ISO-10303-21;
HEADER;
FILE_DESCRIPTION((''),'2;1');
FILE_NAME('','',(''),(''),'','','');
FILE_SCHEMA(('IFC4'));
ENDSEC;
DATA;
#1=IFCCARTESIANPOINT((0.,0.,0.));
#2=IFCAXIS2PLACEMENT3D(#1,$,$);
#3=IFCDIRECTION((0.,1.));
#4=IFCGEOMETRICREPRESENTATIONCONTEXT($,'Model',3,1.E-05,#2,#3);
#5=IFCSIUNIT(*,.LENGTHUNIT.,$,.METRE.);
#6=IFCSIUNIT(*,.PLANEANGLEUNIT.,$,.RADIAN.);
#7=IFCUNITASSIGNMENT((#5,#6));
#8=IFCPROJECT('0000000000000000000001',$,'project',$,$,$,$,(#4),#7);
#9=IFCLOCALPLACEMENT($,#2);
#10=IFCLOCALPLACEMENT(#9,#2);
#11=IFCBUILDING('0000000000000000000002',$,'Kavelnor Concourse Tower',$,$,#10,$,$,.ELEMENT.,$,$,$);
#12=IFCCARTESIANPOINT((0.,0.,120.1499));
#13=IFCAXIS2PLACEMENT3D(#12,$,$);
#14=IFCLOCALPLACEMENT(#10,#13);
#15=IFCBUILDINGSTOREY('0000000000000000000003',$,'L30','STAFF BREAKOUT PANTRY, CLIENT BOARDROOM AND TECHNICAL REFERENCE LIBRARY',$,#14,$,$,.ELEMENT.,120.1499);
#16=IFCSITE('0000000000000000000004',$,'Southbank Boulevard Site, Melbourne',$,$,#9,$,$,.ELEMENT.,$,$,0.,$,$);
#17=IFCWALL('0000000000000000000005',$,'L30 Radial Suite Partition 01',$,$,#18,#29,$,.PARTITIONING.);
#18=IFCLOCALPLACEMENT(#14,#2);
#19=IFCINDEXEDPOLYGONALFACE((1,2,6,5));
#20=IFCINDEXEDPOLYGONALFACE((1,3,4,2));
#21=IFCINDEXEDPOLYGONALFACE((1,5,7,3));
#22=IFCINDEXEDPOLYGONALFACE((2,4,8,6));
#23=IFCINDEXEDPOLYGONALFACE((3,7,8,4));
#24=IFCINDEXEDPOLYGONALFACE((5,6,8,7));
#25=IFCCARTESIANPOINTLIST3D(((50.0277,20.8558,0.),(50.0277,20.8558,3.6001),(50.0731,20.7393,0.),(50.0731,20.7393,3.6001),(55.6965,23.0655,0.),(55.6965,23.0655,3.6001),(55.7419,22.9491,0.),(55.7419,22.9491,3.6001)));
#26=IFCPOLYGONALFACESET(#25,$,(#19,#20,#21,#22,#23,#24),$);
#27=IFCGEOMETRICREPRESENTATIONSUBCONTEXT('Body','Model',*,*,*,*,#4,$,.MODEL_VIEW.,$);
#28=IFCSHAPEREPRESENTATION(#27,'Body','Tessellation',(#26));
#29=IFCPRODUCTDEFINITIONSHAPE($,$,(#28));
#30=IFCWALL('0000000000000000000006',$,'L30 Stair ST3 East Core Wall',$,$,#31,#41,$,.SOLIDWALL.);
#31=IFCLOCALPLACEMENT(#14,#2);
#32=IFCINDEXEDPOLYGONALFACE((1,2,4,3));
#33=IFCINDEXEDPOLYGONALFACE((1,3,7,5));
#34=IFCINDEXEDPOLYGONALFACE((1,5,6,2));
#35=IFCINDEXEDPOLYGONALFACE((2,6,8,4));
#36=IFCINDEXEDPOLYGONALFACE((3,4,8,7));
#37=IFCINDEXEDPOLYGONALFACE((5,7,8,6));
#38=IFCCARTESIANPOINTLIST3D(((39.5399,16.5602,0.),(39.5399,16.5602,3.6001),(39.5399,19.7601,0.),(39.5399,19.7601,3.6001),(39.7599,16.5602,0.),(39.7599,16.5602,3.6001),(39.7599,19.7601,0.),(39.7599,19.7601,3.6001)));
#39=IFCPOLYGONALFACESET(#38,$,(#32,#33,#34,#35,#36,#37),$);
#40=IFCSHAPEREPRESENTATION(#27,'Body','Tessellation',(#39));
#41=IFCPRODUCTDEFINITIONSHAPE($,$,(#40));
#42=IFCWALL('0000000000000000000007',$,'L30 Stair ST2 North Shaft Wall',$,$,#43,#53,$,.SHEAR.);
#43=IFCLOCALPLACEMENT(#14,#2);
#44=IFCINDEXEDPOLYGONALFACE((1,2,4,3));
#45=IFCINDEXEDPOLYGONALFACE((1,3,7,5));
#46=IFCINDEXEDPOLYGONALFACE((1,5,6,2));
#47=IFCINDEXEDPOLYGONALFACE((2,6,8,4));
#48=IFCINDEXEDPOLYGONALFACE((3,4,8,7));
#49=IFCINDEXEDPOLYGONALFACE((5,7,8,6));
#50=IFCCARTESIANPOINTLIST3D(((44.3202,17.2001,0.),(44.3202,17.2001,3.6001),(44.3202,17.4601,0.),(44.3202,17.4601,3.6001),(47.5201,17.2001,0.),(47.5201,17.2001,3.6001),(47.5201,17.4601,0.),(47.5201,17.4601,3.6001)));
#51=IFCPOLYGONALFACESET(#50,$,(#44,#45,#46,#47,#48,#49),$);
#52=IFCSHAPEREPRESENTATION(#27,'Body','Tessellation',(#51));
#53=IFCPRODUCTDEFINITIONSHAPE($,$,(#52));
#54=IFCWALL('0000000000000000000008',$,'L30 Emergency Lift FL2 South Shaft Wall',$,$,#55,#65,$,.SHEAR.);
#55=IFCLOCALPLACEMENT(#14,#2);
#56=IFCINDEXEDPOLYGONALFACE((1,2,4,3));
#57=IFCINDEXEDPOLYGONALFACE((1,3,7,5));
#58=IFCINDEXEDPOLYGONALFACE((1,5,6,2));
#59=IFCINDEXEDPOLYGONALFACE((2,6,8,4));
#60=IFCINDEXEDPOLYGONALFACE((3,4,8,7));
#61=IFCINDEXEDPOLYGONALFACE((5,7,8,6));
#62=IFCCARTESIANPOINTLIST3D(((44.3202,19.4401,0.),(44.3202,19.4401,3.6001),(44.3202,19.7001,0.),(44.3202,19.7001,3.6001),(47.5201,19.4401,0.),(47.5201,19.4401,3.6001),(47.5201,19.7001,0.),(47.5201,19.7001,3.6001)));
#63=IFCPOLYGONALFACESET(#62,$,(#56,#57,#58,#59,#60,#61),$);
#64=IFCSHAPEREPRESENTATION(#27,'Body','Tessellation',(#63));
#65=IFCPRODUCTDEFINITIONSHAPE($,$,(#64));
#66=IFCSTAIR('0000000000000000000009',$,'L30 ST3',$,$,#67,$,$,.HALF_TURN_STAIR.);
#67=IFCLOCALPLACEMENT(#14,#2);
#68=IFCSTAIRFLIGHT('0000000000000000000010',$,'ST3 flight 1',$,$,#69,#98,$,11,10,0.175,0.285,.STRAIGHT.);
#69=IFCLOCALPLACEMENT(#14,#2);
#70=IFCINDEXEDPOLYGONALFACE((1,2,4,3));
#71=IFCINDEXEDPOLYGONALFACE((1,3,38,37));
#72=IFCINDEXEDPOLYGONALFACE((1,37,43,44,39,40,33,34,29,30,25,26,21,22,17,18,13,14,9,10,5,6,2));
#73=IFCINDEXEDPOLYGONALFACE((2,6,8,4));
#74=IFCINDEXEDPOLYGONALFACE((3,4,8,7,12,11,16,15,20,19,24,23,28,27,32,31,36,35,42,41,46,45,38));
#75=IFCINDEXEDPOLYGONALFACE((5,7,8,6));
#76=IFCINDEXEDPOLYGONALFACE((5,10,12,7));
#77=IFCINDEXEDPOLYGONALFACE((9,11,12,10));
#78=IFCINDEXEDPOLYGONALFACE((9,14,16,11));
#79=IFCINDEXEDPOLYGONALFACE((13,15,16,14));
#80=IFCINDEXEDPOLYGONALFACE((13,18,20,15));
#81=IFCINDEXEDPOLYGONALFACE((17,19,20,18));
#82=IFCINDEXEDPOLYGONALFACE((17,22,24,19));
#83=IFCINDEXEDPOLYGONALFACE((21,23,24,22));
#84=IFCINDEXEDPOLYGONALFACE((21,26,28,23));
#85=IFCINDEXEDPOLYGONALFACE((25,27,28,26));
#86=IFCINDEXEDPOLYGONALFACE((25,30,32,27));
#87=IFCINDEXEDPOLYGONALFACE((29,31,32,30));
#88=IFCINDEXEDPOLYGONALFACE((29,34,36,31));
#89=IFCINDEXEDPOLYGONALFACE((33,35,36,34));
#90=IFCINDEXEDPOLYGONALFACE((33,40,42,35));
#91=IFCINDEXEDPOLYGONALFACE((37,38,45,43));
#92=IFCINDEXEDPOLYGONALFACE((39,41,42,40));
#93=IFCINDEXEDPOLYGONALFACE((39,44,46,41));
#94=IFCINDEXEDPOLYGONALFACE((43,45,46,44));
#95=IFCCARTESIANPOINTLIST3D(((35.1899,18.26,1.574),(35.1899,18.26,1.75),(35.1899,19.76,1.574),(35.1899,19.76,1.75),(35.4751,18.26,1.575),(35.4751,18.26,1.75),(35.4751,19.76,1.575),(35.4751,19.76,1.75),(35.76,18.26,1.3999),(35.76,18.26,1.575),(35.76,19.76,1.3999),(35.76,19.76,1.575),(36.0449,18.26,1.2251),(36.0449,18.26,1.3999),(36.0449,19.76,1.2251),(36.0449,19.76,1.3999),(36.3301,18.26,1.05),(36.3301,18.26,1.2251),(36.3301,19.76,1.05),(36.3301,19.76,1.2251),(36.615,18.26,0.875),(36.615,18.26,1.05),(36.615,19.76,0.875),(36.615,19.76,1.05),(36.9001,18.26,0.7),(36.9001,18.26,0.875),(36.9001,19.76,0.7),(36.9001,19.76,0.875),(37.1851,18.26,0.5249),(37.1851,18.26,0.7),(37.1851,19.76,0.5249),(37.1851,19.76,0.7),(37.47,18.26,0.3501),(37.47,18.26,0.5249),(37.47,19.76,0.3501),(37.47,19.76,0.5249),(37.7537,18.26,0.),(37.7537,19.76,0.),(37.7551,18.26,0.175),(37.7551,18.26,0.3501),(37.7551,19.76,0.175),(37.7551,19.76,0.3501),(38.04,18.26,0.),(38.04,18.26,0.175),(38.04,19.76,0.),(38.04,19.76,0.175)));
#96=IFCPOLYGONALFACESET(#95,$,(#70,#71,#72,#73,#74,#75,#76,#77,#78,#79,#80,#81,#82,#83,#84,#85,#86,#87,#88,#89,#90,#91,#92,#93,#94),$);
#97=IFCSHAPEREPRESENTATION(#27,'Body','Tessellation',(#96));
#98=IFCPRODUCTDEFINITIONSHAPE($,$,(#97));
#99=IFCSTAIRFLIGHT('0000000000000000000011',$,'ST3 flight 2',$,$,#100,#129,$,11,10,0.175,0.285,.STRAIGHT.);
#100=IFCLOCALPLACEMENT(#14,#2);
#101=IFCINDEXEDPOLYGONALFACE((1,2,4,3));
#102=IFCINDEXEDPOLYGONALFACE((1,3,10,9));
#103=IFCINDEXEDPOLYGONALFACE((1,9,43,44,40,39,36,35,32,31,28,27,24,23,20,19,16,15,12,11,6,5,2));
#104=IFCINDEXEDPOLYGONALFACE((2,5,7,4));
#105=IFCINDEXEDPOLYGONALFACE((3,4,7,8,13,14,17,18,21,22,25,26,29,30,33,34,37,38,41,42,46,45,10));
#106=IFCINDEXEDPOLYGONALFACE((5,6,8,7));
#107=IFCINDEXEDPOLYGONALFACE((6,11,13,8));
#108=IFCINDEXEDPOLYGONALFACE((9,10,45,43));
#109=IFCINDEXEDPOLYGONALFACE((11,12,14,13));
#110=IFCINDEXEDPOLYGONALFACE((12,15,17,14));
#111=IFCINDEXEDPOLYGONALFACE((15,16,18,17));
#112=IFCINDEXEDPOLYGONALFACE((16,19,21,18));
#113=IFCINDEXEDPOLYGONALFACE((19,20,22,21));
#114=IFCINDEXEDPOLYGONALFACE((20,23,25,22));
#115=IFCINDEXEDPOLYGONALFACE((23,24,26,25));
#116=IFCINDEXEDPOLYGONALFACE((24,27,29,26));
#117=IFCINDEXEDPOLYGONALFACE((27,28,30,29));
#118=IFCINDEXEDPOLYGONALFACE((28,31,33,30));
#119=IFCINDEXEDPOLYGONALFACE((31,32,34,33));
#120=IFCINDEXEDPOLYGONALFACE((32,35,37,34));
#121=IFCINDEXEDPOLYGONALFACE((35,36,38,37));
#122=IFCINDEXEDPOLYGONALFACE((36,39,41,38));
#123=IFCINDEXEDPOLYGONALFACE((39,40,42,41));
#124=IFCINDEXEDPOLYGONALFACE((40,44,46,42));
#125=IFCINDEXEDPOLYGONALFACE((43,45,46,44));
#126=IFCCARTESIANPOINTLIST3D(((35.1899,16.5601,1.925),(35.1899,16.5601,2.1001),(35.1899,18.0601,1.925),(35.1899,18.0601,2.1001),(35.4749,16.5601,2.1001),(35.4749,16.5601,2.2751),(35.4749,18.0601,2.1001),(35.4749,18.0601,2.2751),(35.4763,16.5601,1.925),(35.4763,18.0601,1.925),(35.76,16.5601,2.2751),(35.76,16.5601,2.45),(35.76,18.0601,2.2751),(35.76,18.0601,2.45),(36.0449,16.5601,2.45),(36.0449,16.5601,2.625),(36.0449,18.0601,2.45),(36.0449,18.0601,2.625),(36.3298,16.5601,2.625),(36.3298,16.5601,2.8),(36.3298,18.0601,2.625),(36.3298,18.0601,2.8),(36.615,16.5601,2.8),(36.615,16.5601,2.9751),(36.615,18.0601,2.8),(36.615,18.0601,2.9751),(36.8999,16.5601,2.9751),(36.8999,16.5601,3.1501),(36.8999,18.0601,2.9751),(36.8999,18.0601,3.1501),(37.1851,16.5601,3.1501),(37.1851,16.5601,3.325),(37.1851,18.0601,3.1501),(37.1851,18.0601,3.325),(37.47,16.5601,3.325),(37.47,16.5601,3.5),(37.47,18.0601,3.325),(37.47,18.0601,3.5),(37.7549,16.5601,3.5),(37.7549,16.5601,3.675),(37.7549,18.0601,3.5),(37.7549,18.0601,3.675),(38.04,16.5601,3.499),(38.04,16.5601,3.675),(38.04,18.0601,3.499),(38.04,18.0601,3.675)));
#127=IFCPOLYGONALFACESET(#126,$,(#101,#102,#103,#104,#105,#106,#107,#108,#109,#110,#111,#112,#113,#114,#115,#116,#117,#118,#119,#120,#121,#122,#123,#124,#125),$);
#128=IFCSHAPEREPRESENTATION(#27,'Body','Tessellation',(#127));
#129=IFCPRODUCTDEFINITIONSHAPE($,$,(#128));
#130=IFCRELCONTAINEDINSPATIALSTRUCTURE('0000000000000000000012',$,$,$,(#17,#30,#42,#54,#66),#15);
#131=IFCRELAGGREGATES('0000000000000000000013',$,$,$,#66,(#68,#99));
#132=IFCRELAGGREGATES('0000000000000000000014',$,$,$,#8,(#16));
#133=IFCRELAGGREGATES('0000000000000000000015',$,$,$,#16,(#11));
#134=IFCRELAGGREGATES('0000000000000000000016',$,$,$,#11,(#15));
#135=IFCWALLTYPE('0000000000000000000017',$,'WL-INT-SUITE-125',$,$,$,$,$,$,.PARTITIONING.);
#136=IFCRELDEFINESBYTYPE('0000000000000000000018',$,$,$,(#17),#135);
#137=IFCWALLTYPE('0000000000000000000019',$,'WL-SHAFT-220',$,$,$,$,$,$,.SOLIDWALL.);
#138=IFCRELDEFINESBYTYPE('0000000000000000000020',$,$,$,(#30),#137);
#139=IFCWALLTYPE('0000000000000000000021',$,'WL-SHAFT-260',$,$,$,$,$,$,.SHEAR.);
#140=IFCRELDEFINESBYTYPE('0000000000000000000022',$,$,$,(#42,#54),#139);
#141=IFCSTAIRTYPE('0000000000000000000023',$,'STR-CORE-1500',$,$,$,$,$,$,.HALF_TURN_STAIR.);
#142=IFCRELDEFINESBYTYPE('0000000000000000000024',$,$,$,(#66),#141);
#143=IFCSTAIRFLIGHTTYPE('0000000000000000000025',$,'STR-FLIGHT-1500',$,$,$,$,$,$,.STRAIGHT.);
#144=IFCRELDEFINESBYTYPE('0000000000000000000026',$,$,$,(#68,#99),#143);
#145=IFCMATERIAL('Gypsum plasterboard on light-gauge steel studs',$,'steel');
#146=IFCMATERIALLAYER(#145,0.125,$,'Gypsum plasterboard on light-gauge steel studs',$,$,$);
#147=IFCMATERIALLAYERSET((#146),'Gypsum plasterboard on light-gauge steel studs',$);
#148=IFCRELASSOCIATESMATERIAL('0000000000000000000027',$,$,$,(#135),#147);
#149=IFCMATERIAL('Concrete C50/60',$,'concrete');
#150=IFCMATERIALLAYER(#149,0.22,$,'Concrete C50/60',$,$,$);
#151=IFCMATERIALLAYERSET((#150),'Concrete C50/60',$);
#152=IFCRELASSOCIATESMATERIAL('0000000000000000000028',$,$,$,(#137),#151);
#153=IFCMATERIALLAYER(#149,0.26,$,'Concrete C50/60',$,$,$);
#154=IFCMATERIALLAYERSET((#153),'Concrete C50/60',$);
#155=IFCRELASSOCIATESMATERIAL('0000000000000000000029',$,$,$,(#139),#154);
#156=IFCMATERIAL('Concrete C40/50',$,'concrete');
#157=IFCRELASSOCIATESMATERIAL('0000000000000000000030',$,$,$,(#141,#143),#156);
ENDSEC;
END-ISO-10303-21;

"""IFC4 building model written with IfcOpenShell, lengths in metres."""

from ifc_helpers import new_model, si_unit, direction, frame, frame_2d, origin, place, context, subcontext, project, spatial, polyline, rectangle, outline, extrude, material, layer, layer_set, type_object, element, aggregate, save


model = new_model("IFC4")

# Units and contexts
model_context = context("Model", 3, precision=1e-05, world=origin(), true_north=direction((0.0, 1.0)))
body_context = subcontext(model_context, "Body", "Model", "MODEL_VIEW")
ifc_project = project(units=[si_unit("LENGTHUNIT", "METRE"), si_unit("PLANEANGLEUNIT", "RADIAN")], contexts=[model_context])

# Site, building, storey
site_placement = place(None, origin())
site = spatial("IfcSite", under=ifc_project, at=site_placement, Name="Southbank Boulevard Site, Melbourne", CompositionType="ELEMENT", RefElevation=0.0)
building_placement = place(site_placement, origin())
building = spatial("IfcBuilding", under=site, at=building_placement, Name="Kavelnor Concourse Tower", CompositionType="ELEMENT")
storey_placement = place(building_placement, frame((0.0, 0.0, 120.1499)))
storey = spatial("IfcBuildingStorey", under=building, at=storey_placement, Name="L30", Description="STAFF BREAKOUT PANTRY, CLIENT BOARDROOM AND TECHNICAL REFERENCE LIBRARY", CompositionType="ELEMENT", Elevation=120.1499)

# Walls
ifc_material_1 = material(Name="Gypsum plasterboard on light-gauge steel studs", Category="steel")
ifc_layer_1 = layer(ifc_material_1, 0.125, Name="Gypsum plasterboard on light-gauge steel studs")
ifc_layer_set_1 = layer_set([ifc_layer_1], Name="Gypsum plasterboard on light-gauge steel studs")
wall_type_1 = type_object("IfcWallType", Name="WL-INT-SUITE-125", PredefinedType="PARTITIONING", material=ifc_layer_set_1)
wall_1_placement = place(storey_placement, frame((50.0505, 20.7976, 0.0), z_axis=(0.0, 0.0, 1.0), x_axis=(0.931714, 0.363192, 0.0)))
element("IfcWall", 1, at=wall_1_placement, inside=storey, type_object=wall_type_1, Name="L30 Radial Suite Partition 01", PredefinedType="PARTITIONING", context=body_context, shape_type="SweptSolid", body=[
    extrude(rectangle(XDim=6.0842, YDim=0.125, at=frame_2d((3.042, 0.0))), origin(), (0.0, 0.0, 1.0), 3.6001),
])
ifc_material_2 = material(Name="Concrete C50/60", Category="concrete")
ifc_layer_2 = layer(ifc_material_2, 0.22, Name="Concrete C50/60")
ifc_layer_set_2 = layer_set([ifc_layer_2], Name="Concrete C50/60")
wall_type_2 = type_object("IfcWallType", Name="WL-SHAFT-220", PredefinedType="SOLIDWALL", material=ifc_layer_set_2)
wall_2_placement = place(storey_placement, frame((39.6499, 16.5601, 0.0), z_axis=(0.0, 0.0, 1.0), x_axis=(0.0, 1.0, 0.0)))
element("IfcWall", 2, at=wall_2_placement, inside=storey, type_object=wall_type_2, Name="L30 Stair ST3 East Core Wall", PredefinedType="SOLIDWALL", context=body_context, shape_type="SweptSolid", body=[
    extrude(rectangle(XDim=3.2, YDim=0.22, at=frame_2d((1.6001, 0.0))), origin(), (0.0, 0.0, 1.0), 3.6001),
])
ifc_layer_3 = layer(ifc_material_2, 0.26, Name="Concrete C50/60")
ifc_layer_set_3 = layer_set([ifc_layer_3], Name="Concrete C50/60")
wall_type_3 = type_object("IfcWallType", Name="WL-SHAFT-260", PredefinedType="SHEAR", material=ifc_layer_set_3)
for number, where, z_axis, x_axis, name in (
    (3, (44.3201, 17.3301, 0.0), (0.0, 0.0, 1.0), (1.0, 0.0, 0.0), "L30 Stair ST2 North Shaft Wall"),
    (4, (44.3201, 19.5701, 0.0), (0.0, 0.0, 1.0), (1.0, 0.0, 0.0), "L30 Emergency Lift FL2 South Shaft Wall"),
):
    element("IfcWall", number, at=place(storey_placement, frame(where, z_axis=z_axis, x_axis=x_axis)), inside=storey, type_object=wall_type_3, Name=name, PredefinedType="SHEAR", context=body_context, shape_type="SweptSolid", body=[
        extrude(rectangle(XDim=3.2, YDim=0.26, at=frame_2d((1.6001, 0.0))), origin(), (0.0, 0.0, 1.0), 3.6001),
    ])

# Stair, stair flights
ifc_material_3 = material(Name="Concrete C40/50", Category="concrete")
stair_type = type_object("IfcStairType", Name="STR-CORE-1500", PredefinedType="HALF_TURN_STAIR", material=ifc_material_3)
stair_placement = place(storey_placement, origin())
stair = element("IfcStair", 5, at=stair_placement, inside=storey, type_object=stair_type, Name="L30 ST3", PredefinedType="HALF_TURN_STAIR")
stair_flight_type = type_object("IfcStairFlightType", Name="STR-FLIGHT-1500", PredefinedType="STRAIGHT", material=ifc_material_3)
stair_flight_1_placement = place(storey_placement, frame((38.04, 19.01, 0.0), z_axis=(0.0, 0.0, 1.0), x_axis=(-1.0, 0.0, 0.0)))
stair_flight_1 = element("IfcStairFlight", 6, at=stair_flight_1_placement, type_object=stair_flight_type, Name="ST3 flight 1", NumberOfRisers=11, NumberOfTreads=10, PredefinedType="STRAIGHT", RiserHeight=0.175, TreadLength=0.285, context=body_context, shape_type="SweptSolid", body=[
    extrude(outline(polyline([(0.0, 0.0), (0.0, 0.175), (0.2849, 0.175), (0.2849, 0.3501), (0.5701, 0.3501), (0.5701, 0.5249), (0.855, 0.5249), (0.855, 0.7), (1.1399, 0.7), (1.1399, 0.875), (1.425, 0.875), (1.425, 1.05), (1.71, 1.05), (1.71, 1.2251), (1.9951, 1.2251), (1.9951, 1.3999), (2.28, 1.3999), (2.28, 1.575), (2.5649, 1.575), (2.5649, 1.75), (2.8501, 1.75), (2.8501, 1.925), (2.8501, 1.574), (0.2864, 0.0), (0.0, 0.0)])), frame((0.0, 0.75, 0.0), z_axis=(0.0, -1.0, 0.0), x_axis=(1.0, 0.0, 0.0)), (0.0, 0.0, 1.0), 1.5),
])
stair_flight_2_placement = place(storey_placement, frame((35.1899, 17.3101, 1.925), z_axis=(0.0, 0.0, 1.0), x_axis=(1.0, 0.0, 0.0)))
stair_flight_2 = element("IfcStairFlight", 7, at=stair_flight_2_placement, type_object=stair_flight_type, Name="ST3 flight 2", NumberOfRisers=11, NumberOfTreads=10, PredefinedType="STRAIGHT", RiserHeight=0.175, TreadLength=0.285, context=body_context, shape_type="SweptSolid", body=[
    extrude(outline(polyline([(0.0, 0.0), (0.0, 0.175), (0.2849, 0.175), (0.2849, 0.3501), (0.5701, 0.3501), (0.5701, 0.5249), (0.855, 0.5249), (0.855, 0.7), (1.1399, 0.7), (1.1399, 0.875), (1.425, 0.875), (1.425, 1.05), (1.71, 1.05), (1.71, 1.2251), (1.9951, 1.2251), (1.9951, 1.3999), (2.28, 1.3999), (2.28, 1.575), (2.5649, 1.575), (2.5649, 1.75), (2.8501, 1.75), (2.8501, 1.925), (2.8501, 1.574), (0.2864, 0.0), (0.0, 0.0)])), frame((0.0, 0.75, 0.0), z_axis=(0.0, -1.0, 0.0), x_axis=(1.0, 0.0, 0.0)), (0.0, 0.0, 1.0), 1.5),
])
aggregate(stair, [stair_flight_1, stair_flight_2])

save(model, "model.ifc")
